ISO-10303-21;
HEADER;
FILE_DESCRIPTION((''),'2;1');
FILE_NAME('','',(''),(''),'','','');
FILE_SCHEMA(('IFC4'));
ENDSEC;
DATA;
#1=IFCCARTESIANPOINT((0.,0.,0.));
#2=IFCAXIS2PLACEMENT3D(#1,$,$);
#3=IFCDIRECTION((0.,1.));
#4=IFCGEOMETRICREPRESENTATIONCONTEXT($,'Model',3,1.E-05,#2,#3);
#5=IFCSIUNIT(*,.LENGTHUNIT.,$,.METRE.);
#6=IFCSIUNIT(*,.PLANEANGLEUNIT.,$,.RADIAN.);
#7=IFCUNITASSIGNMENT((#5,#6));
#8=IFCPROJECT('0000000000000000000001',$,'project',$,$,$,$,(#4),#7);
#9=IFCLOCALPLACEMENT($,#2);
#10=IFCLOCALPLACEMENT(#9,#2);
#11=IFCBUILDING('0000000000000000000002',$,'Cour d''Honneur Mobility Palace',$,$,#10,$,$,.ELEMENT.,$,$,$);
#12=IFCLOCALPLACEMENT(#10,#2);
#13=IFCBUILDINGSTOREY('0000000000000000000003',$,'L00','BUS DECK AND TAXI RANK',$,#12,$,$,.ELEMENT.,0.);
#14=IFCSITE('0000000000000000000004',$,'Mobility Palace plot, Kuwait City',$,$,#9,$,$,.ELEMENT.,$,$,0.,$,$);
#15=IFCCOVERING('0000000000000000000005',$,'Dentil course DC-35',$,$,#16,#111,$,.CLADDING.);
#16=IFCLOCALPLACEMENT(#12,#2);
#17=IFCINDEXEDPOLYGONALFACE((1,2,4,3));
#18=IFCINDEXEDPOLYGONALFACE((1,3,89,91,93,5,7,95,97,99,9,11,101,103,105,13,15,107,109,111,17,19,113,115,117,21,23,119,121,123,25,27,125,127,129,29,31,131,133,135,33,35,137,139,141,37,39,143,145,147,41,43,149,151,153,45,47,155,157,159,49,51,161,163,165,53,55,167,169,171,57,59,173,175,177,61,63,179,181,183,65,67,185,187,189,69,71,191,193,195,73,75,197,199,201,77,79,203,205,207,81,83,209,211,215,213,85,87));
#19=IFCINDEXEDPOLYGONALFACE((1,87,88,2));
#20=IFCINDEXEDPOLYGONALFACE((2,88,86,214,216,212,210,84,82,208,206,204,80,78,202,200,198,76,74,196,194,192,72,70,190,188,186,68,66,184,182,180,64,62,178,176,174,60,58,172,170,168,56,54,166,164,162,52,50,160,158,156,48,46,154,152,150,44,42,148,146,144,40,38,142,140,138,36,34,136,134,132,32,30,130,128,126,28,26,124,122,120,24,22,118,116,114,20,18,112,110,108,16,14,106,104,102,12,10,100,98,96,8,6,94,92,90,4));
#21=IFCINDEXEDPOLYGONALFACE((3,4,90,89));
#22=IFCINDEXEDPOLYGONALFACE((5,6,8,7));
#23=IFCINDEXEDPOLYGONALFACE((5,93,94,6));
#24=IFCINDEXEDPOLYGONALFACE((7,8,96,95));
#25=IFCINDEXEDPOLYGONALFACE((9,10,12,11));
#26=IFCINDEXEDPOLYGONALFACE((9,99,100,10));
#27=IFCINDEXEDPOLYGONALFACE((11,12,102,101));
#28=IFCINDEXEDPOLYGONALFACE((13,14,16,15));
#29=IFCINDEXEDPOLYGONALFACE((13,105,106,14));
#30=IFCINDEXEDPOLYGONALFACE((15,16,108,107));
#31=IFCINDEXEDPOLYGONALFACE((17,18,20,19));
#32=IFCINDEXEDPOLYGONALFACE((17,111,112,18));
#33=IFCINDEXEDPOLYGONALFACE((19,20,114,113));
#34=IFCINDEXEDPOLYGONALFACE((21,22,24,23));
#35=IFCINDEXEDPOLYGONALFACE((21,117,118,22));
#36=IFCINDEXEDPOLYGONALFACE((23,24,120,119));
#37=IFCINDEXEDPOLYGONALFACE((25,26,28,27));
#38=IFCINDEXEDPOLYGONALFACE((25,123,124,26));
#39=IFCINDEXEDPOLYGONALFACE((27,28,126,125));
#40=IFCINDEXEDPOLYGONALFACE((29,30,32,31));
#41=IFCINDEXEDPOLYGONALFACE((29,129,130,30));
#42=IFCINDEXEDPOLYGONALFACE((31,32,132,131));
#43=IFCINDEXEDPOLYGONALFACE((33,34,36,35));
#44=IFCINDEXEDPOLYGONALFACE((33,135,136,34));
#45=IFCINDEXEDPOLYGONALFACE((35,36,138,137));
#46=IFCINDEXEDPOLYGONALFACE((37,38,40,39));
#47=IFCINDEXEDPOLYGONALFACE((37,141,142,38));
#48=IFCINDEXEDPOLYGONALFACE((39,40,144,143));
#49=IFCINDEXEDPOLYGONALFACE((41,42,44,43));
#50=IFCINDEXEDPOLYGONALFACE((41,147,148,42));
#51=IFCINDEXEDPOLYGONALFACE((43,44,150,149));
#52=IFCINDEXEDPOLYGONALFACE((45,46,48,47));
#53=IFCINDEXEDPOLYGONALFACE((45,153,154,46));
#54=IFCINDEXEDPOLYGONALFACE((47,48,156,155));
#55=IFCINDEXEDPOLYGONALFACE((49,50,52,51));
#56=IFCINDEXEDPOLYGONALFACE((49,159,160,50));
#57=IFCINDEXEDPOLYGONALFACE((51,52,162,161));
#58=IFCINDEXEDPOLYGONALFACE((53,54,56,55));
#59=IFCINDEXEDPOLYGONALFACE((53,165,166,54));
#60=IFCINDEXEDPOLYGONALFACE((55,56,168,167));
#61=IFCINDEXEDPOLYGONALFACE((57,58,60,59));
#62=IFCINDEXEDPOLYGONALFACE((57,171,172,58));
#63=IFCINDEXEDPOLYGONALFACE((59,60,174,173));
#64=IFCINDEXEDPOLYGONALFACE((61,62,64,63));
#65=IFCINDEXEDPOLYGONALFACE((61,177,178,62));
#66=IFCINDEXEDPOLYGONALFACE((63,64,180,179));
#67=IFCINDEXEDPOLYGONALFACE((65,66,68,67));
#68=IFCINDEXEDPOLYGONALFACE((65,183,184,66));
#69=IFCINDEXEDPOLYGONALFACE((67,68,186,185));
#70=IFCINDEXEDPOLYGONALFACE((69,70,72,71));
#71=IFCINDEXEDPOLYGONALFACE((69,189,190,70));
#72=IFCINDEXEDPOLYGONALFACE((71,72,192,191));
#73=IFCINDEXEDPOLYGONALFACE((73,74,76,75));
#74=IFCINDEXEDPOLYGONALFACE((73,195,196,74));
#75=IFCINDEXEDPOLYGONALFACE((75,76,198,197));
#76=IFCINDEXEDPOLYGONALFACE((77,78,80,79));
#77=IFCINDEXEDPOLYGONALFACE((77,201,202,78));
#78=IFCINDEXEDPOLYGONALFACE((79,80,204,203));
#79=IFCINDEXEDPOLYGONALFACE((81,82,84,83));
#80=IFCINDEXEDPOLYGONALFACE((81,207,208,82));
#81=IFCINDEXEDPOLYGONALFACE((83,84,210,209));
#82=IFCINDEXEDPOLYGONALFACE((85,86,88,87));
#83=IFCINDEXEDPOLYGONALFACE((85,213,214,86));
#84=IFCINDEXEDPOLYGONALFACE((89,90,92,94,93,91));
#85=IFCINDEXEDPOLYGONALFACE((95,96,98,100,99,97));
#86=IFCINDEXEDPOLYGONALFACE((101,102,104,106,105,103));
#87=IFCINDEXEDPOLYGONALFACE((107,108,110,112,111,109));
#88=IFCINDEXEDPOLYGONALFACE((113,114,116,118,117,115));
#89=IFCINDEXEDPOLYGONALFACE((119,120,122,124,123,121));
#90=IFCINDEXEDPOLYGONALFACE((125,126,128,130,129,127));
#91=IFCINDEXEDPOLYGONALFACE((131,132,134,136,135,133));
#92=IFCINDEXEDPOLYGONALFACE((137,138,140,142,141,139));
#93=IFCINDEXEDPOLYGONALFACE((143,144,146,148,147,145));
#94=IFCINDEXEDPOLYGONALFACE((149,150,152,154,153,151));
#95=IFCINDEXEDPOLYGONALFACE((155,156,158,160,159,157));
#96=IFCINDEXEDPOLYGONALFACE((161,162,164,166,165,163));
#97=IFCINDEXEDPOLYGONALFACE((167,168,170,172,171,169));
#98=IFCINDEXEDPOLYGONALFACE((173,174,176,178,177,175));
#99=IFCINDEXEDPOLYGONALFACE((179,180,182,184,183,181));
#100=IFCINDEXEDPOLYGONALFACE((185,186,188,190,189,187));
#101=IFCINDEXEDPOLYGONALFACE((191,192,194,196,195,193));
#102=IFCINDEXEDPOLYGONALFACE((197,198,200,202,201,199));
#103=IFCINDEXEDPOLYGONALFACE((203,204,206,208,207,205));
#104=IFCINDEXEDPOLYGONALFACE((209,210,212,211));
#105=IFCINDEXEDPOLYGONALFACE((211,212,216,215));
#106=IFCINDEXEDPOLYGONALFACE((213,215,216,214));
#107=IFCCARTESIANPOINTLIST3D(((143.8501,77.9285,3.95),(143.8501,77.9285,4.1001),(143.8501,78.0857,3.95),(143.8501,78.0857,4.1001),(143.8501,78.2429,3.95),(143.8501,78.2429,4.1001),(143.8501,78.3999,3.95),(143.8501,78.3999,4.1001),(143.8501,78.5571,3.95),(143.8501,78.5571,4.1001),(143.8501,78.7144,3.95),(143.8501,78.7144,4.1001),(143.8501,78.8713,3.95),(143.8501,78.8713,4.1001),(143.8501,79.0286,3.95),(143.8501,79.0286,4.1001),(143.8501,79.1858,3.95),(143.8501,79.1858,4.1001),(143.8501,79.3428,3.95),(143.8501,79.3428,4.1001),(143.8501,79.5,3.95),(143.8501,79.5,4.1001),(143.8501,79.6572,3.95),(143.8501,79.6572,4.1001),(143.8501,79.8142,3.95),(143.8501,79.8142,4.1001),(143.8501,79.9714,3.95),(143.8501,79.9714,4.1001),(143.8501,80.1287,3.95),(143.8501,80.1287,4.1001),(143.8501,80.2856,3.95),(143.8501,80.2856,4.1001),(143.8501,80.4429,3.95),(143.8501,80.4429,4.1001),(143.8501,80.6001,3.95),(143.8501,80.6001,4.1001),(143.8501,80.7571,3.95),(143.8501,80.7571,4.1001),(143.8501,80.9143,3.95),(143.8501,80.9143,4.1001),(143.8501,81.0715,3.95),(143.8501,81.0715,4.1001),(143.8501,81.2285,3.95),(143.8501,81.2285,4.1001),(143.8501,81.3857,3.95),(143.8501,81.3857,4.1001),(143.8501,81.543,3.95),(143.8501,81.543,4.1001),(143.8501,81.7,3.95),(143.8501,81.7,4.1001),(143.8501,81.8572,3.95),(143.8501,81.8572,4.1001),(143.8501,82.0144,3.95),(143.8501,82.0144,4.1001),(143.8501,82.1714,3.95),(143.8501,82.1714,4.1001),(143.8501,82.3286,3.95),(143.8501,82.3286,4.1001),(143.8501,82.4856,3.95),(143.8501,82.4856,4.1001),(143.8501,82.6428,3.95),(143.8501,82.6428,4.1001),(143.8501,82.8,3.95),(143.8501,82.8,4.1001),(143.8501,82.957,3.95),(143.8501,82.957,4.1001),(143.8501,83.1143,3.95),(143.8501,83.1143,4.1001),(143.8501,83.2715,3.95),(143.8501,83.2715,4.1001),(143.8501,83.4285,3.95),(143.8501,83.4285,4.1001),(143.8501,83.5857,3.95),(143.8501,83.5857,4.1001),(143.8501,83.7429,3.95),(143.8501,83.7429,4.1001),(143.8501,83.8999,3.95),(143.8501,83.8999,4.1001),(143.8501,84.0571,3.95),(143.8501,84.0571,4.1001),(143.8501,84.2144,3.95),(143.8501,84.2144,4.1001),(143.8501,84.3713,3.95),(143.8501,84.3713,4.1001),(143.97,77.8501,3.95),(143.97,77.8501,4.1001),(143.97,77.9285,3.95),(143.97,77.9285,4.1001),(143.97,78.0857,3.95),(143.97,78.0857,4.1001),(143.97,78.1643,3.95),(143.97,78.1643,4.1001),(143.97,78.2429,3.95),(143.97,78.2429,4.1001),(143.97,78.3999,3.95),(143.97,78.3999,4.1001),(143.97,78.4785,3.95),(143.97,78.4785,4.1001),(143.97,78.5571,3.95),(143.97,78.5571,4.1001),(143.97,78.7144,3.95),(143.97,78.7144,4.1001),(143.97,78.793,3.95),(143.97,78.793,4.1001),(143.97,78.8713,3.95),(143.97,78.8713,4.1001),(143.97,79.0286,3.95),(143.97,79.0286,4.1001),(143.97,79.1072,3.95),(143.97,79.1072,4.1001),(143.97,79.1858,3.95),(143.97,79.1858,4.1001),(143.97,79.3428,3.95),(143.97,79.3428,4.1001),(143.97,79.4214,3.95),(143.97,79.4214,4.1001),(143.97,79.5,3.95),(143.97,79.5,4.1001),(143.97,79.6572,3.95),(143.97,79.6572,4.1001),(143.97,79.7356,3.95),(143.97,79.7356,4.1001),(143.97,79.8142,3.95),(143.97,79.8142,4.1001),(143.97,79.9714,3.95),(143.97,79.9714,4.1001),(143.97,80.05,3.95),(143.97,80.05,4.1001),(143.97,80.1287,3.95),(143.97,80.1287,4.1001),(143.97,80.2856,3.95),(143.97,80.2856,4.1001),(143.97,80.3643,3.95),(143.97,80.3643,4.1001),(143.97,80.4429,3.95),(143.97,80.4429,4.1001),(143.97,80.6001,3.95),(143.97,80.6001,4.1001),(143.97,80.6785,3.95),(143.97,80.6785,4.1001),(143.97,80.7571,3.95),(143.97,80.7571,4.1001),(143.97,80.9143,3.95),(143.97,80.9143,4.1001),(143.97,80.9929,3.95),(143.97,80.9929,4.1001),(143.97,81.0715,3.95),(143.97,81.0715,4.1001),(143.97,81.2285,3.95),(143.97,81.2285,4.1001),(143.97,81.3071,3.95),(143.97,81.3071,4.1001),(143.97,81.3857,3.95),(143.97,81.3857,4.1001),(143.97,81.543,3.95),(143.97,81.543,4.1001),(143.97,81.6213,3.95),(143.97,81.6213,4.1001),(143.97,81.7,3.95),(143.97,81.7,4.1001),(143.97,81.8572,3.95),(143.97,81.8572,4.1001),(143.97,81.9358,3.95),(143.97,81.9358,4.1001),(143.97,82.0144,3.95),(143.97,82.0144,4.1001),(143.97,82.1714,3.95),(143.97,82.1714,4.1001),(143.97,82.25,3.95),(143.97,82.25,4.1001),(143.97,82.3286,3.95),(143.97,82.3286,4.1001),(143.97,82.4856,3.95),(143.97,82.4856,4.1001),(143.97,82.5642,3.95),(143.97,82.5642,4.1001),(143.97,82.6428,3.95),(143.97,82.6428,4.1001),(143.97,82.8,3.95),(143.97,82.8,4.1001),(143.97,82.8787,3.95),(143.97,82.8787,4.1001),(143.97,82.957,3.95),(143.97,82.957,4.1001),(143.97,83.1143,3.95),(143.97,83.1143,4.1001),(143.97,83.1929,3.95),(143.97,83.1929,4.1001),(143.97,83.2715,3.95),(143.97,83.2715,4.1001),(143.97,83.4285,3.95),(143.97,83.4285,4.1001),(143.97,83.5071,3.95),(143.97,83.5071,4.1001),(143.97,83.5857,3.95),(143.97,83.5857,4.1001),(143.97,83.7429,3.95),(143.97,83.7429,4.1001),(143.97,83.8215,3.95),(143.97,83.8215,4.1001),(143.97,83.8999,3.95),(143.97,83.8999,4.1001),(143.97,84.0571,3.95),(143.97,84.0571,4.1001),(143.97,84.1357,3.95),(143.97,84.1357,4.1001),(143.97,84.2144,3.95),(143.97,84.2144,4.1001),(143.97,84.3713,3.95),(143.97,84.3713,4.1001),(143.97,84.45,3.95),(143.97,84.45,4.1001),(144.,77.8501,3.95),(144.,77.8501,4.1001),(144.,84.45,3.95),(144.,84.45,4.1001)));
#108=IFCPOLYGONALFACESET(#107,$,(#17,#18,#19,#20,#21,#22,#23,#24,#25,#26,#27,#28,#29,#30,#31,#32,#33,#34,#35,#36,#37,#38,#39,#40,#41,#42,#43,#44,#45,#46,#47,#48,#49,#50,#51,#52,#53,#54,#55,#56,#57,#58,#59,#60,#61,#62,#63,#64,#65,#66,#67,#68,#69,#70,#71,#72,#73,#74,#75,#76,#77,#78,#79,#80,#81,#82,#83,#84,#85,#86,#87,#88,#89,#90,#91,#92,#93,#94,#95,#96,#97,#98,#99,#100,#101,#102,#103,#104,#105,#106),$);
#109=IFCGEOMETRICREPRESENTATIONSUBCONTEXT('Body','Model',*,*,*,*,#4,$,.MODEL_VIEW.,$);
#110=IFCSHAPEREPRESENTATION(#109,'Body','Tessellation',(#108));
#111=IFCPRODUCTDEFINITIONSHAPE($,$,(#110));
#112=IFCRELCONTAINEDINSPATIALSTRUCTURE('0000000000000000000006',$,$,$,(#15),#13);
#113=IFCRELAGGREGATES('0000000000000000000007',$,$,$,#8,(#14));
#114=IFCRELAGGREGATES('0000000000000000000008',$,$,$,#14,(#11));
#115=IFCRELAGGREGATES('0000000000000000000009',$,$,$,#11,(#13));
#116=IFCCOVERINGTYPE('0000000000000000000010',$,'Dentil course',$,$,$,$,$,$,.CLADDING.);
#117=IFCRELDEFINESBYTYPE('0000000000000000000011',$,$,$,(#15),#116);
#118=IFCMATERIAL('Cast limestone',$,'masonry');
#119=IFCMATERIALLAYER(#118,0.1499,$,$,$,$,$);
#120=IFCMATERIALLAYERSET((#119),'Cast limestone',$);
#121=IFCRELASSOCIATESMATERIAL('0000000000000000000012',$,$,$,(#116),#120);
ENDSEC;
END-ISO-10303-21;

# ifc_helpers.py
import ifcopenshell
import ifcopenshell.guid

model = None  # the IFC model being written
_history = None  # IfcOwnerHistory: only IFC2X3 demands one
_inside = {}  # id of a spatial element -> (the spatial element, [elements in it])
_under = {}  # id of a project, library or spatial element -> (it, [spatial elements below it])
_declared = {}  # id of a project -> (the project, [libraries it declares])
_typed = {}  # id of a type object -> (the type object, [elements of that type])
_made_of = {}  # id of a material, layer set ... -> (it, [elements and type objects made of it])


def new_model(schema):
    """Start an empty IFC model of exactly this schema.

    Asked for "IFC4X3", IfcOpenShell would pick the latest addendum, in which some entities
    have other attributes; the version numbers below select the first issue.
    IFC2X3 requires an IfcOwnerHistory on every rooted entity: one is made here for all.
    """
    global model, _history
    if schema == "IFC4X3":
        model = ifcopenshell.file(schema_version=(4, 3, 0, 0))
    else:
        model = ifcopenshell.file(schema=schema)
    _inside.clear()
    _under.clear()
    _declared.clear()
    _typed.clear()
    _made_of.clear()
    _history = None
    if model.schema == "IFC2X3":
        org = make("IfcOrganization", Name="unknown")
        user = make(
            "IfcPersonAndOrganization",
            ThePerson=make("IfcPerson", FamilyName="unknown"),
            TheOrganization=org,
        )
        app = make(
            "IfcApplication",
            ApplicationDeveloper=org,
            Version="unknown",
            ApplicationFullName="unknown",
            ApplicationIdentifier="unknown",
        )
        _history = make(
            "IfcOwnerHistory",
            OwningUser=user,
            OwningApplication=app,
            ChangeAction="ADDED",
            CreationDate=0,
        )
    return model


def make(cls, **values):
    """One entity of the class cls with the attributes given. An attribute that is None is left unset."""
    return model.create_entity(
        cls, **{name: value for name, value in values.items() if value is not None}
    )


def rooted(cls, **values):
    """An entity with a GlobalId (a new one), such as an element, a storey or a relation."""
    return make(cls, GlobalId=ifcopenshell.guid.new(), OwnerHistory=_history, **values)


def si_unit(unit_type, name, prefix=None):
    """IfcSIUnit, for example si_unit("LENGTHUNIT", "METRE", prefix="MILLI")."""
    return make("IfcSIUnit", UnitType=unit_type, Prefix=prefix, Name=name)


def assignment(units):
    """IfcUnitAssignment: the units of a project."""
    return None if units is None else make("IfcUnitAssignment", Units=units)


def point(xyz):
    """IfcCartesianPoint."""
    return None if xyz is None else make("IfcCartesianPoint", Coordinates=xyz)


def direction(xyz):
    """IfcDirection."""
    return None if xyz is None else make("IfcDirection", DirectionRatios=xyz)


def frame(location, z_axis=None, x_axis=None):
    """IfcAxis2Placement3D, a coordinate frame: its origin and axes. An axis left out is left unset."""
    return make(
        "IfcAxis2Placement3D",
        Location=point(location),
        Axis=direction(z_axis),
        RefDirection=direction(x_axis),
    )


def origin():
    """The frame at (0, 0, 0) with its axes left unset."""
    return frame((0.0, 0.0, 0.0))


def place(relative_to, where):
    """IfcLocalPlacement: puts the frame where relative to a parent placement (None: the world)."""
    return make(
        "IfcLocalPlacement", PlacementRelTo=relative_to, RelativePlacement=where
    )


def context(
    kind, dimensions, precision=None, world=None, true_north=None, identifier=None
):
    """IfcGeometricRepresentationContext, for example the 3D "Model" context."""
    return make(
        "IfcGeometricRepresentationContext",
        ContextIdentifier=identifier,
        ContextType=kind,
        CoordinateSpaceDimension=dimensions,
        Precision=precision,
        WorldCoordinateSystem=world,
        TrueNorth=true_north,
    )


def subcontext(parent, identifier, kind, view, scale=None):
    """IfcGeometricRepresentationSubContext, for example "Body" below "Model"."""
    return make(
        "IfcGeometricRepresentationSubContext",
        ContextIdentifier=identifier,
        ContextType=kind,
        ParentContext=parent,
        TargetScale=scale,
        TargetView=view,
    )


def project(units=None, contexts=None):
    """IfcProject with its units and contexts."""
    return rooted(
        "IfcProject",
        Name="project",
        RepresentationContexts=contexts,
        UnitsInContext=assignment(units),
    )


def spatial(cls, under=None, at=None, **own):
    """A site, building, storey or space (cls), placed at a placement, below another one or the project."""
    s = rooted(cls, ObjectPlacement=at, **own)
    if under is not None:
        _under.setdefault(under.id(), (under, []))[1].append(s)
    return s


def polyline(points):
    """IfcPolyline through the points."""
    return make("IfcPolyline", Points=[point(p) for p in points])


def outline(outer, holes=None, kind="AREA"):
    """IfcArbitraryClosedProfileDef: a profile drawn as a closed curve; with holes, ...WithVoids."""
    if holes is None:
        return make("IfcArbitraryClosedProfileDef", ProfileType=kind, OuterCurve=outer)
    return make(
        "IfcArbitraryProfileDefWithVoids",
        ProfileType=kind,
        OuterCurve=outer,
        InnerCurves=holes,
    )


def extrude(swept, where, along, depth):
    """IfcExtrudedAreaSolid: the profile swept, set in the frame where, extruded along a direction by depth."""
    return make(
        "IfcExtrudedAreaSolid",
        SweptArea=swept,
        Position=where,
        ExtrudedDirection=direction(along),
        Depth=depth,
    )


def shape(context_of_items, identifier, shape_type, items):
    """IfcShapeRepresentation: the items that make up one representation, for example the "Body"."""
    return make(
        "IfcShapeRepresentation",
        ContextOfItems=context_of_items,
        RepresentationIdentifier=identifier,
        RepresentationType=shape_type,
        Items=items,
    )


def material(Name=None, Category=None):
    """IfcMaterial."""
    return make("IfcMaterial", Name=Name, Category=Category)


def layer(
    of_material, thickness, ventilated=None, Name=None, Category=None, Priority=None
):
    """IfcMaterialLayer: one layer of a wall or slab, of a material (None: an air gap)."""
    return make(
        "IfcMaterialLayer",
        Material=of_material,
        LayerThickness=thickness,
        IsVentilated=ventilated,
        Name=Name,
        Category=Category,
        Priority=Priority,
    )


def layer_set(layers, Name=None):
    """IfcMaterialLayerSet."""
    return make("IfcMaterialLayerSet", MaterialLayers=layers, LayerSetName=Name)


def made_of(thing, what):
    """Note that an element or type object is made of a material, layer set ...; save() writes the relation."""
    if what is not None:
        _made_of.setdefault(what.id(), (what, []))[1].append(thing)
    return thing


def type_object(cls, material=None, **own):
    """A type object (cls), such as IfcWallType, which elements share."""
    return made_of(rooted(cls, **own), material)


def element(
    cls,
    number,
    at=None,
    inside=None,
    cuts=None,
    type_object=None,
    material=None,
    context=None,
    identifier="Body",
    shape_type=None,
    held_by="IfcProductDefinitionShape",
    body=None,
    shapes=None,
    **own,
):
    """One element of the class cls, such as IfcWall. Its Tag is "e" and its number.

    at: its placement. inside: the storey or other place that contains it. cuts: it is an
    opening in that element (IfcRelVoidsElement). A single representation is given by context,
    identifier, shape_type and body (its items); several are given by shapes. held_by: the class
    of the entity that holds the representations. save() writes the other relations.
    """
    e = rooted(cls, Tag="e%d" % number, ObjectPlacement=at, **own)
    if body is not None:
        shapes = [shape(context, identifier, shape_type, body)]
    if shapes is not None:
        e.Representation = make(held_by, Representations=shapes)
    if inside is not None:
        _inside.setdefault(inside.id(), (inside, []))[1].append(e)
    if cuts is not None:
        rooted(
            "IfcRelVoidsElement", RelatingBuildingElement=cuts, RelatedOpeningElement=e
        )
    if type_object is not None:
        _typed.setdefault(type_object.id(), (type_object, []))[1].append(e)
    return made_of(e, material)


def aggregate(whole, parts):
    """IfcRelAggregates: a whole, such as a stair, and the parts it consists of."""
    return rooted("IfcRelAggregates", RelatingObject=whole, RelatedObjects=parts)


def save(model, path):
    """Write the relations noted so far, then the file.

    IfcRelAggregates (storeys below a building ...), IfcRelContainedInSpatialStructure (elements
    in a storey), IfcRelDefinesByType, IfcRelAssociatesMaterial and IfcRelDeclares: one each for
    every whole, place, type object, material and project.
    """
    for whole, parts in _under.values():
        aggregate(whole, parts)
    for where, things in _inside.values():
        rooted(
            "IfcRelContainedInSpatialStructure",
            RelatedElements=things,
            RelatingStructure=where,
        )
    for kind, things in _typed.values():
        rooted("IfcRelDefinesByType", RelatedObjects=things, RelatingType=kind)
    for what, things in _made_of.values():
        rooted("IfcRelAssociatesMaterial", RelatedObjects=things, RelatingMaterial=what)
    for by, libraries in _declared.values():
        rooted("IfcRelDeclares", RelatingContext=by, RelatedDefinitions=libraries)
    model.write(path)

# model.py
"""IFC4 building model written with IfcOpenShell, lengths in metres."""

from ifc_helpers import new_model, si_unit, direction, frame, origin, place, context, subcontext, project, spatial, polyline, outline, extrude, material, layer, layer_set, type_object, element, save


model = new_model("IFC4")

# Units and contexts
model_context = context("Model", 3, precision=1e-05, world=origin(), true_north=direction((0.0, 1.0)))
body_context = subcontext(model_context, "Body", "Model", "MODEL_VIEW")
ifc_project = project(units=[si_unit("LENGTHUNIT", "METRE"), si_unit("PLANEANGLEUNIT", "RADIAN")], contexts=[model_context])

# Site, building, storey
site_placement = place(None, origin())
site = spatial("IfcSite", under=ifc_project, at=site_placement, Name="Mobility Palace plot, Kuwait City", CompositionType="ELEMENT", RefElevation=0.0)
building_placement = place(site_placement, origin())
building = spatial("IfcBuilding", under=site, at=building_placement, Name="Cour d'Honneur Mobility Palace", CompositionType="ELEMENT")
storey_placement = place(building_placement, origin())
storey = spatial("IfcBuildingStorey", under=building, at=storey_placement, Name="L00", Description="BUS DECK AND TAXI RANK", CompositionType="ELEMENT", Elevation=0.0)

# Covering
ifc_material = material(Name="Cast limestone", Category="masonry")
ifc_layer = layer(ifc_material, 0.1499)
ifc_layer_set = layer_set([ifc_layer], Name="Cast limestone")
covering_type = type_object("IfcCoveringType", Name="Dentil course", PredefinedType="CLADDING", material=ifc_layer_set)
covering_1_placement = place(storey_placement, frame((0.0, 0.0, 3.95)))
element("IfcCovering", 1, at=covering_1_placement, inside=storey, type_object=covering_type, Name="Dentil course DC-35", PredefinedType="CLADDING", context=body_context, shape_type="SweptSolid", body=[
    extrude(outline(polyline([(144.0, 84.45), (144.0, 77.8501), (143.97, 77.8501), (143.97, 77.8501), (143.97, 77.9285), (143.8501, 77.9285), (143.8501, 78.0857), (143.97, 78.0857), (143.97, 78.1643), (143.97, 78.1643), (143.97, 78.2429), (143.8501, 78.2429), (143.8501, 78.3999), (143.97, 78.3999), (143.97, 78.4785), (143.97, 78.4785), (143.97, 78.5571), (143.8501, 78.5571), (143.8501, 78.7144), (143.97, 78.7144), (143.97, 78.793), (143.97, 78.793), (143.97, 78.8713), (143.8501, 78.8713), (143.8501, 79.0286), (143.97, 79.0286), (143.97, 79.1072), (143.97, 79.1072), (143.97, 79.1858), (143.8501, 79.1858), (143.8501, 79.3428), (143.97, 79.3428), (143.97, 79.4214), (143.97, 79.4214), (143.97, 79.5), (143.8501, 79.5), (143.8501, 79.6572), (143.97, 79.6572), (143.97, 79.7356), (143.97, 79.7356), (143.97, 79.8142), (143.8501, 79.8142), (143.8501, 79.9714), (143.97, 79.9714), (143.97, 80.05), (143.97, 80.05), (143.97, 80.1287), (143.8501, 80.1287), (143.8501, 80.2856), (143.97, 80.2856), (143.97, 80.3643), (143.97, 80.3643), (143.97, 80.4429), (143.8501, 80.4429), (143.8501, 80.6001), (143.97, 80.6001), (143.97, 80.6785), (143.97, 80.6785), (143.97, 80.7571), (143.8501, 80.7571), (143.8501, 80.9143), (143.97, 80.9143), (143.97, 80.9929), (143.97, 80.9929), (143.97, 81.0715), (143.8501, 81.0715), (143.8501, 81.2285), (143.97, 81.2285), (143.97, 81.3071), (143.97, 81.3071), (143.97, 81.3857), (143.8501, 81.3857), (143.8501, 81.543), (143.97, 81.543), (143.97, 81.6213), (143.97, 81.6213), (143.97, 81.7), (143.8501, 81.7), (143.8501, 81.8572), (143.97, 81.8572), (143.97, 81.9358), (143.97, 81.9358), (143.97, 82.0144), (143.8501, 82.0144), (143.8501, 82.1714), (143.97, 82.1714), (143.97, 82.25), (143.97, 82.25), (143.97, 82.3286), (143.8501, 82.3286), (143.8501, 82.4856), (143.97, 82.4856), (143.97, 82.5642), (143.97, 82.5642), (143.97, 82.6428), (143.8501, 82.6428), (143.8501, 82.8), (143.97, 82.8), (143.97, 82.8787), (143.97, 82.8787), (143.97, 82.957), (143.8501, 82.957), (143.8501, 83.1143), (143.97, 83.1143), (143.97, 83.1929), (143.97, 83.1929), (143.97, 83.2715), (143.8501, 83.2715), (143.8501, 83.4285), (143.97, 83.4285), (143.97, 83.5071), (143.97, 83.5071), (143.97, 83.5857), (143.8501, 83.5857), (143.8501, 83.7429), (143.97, 83.7429), (143.97, 83.8215), (143.97, 83.8215), (143.97, 83.8999), (143.8501, 83.8999), (143.8501, 84.0571), (143.97, 84.0571), (143.97, 84.1357), (143.97, 84.1357), (143.97, 84.2144), (143.8501, 84.2144), (143.8501, 84.3713), (143.97, 84.3713), (143.97, 84.45), (144.0, 84.45)])), origin(), (0.0, 0.0, 1.0), 0.1501),
])

save(model, "model.ifc")
